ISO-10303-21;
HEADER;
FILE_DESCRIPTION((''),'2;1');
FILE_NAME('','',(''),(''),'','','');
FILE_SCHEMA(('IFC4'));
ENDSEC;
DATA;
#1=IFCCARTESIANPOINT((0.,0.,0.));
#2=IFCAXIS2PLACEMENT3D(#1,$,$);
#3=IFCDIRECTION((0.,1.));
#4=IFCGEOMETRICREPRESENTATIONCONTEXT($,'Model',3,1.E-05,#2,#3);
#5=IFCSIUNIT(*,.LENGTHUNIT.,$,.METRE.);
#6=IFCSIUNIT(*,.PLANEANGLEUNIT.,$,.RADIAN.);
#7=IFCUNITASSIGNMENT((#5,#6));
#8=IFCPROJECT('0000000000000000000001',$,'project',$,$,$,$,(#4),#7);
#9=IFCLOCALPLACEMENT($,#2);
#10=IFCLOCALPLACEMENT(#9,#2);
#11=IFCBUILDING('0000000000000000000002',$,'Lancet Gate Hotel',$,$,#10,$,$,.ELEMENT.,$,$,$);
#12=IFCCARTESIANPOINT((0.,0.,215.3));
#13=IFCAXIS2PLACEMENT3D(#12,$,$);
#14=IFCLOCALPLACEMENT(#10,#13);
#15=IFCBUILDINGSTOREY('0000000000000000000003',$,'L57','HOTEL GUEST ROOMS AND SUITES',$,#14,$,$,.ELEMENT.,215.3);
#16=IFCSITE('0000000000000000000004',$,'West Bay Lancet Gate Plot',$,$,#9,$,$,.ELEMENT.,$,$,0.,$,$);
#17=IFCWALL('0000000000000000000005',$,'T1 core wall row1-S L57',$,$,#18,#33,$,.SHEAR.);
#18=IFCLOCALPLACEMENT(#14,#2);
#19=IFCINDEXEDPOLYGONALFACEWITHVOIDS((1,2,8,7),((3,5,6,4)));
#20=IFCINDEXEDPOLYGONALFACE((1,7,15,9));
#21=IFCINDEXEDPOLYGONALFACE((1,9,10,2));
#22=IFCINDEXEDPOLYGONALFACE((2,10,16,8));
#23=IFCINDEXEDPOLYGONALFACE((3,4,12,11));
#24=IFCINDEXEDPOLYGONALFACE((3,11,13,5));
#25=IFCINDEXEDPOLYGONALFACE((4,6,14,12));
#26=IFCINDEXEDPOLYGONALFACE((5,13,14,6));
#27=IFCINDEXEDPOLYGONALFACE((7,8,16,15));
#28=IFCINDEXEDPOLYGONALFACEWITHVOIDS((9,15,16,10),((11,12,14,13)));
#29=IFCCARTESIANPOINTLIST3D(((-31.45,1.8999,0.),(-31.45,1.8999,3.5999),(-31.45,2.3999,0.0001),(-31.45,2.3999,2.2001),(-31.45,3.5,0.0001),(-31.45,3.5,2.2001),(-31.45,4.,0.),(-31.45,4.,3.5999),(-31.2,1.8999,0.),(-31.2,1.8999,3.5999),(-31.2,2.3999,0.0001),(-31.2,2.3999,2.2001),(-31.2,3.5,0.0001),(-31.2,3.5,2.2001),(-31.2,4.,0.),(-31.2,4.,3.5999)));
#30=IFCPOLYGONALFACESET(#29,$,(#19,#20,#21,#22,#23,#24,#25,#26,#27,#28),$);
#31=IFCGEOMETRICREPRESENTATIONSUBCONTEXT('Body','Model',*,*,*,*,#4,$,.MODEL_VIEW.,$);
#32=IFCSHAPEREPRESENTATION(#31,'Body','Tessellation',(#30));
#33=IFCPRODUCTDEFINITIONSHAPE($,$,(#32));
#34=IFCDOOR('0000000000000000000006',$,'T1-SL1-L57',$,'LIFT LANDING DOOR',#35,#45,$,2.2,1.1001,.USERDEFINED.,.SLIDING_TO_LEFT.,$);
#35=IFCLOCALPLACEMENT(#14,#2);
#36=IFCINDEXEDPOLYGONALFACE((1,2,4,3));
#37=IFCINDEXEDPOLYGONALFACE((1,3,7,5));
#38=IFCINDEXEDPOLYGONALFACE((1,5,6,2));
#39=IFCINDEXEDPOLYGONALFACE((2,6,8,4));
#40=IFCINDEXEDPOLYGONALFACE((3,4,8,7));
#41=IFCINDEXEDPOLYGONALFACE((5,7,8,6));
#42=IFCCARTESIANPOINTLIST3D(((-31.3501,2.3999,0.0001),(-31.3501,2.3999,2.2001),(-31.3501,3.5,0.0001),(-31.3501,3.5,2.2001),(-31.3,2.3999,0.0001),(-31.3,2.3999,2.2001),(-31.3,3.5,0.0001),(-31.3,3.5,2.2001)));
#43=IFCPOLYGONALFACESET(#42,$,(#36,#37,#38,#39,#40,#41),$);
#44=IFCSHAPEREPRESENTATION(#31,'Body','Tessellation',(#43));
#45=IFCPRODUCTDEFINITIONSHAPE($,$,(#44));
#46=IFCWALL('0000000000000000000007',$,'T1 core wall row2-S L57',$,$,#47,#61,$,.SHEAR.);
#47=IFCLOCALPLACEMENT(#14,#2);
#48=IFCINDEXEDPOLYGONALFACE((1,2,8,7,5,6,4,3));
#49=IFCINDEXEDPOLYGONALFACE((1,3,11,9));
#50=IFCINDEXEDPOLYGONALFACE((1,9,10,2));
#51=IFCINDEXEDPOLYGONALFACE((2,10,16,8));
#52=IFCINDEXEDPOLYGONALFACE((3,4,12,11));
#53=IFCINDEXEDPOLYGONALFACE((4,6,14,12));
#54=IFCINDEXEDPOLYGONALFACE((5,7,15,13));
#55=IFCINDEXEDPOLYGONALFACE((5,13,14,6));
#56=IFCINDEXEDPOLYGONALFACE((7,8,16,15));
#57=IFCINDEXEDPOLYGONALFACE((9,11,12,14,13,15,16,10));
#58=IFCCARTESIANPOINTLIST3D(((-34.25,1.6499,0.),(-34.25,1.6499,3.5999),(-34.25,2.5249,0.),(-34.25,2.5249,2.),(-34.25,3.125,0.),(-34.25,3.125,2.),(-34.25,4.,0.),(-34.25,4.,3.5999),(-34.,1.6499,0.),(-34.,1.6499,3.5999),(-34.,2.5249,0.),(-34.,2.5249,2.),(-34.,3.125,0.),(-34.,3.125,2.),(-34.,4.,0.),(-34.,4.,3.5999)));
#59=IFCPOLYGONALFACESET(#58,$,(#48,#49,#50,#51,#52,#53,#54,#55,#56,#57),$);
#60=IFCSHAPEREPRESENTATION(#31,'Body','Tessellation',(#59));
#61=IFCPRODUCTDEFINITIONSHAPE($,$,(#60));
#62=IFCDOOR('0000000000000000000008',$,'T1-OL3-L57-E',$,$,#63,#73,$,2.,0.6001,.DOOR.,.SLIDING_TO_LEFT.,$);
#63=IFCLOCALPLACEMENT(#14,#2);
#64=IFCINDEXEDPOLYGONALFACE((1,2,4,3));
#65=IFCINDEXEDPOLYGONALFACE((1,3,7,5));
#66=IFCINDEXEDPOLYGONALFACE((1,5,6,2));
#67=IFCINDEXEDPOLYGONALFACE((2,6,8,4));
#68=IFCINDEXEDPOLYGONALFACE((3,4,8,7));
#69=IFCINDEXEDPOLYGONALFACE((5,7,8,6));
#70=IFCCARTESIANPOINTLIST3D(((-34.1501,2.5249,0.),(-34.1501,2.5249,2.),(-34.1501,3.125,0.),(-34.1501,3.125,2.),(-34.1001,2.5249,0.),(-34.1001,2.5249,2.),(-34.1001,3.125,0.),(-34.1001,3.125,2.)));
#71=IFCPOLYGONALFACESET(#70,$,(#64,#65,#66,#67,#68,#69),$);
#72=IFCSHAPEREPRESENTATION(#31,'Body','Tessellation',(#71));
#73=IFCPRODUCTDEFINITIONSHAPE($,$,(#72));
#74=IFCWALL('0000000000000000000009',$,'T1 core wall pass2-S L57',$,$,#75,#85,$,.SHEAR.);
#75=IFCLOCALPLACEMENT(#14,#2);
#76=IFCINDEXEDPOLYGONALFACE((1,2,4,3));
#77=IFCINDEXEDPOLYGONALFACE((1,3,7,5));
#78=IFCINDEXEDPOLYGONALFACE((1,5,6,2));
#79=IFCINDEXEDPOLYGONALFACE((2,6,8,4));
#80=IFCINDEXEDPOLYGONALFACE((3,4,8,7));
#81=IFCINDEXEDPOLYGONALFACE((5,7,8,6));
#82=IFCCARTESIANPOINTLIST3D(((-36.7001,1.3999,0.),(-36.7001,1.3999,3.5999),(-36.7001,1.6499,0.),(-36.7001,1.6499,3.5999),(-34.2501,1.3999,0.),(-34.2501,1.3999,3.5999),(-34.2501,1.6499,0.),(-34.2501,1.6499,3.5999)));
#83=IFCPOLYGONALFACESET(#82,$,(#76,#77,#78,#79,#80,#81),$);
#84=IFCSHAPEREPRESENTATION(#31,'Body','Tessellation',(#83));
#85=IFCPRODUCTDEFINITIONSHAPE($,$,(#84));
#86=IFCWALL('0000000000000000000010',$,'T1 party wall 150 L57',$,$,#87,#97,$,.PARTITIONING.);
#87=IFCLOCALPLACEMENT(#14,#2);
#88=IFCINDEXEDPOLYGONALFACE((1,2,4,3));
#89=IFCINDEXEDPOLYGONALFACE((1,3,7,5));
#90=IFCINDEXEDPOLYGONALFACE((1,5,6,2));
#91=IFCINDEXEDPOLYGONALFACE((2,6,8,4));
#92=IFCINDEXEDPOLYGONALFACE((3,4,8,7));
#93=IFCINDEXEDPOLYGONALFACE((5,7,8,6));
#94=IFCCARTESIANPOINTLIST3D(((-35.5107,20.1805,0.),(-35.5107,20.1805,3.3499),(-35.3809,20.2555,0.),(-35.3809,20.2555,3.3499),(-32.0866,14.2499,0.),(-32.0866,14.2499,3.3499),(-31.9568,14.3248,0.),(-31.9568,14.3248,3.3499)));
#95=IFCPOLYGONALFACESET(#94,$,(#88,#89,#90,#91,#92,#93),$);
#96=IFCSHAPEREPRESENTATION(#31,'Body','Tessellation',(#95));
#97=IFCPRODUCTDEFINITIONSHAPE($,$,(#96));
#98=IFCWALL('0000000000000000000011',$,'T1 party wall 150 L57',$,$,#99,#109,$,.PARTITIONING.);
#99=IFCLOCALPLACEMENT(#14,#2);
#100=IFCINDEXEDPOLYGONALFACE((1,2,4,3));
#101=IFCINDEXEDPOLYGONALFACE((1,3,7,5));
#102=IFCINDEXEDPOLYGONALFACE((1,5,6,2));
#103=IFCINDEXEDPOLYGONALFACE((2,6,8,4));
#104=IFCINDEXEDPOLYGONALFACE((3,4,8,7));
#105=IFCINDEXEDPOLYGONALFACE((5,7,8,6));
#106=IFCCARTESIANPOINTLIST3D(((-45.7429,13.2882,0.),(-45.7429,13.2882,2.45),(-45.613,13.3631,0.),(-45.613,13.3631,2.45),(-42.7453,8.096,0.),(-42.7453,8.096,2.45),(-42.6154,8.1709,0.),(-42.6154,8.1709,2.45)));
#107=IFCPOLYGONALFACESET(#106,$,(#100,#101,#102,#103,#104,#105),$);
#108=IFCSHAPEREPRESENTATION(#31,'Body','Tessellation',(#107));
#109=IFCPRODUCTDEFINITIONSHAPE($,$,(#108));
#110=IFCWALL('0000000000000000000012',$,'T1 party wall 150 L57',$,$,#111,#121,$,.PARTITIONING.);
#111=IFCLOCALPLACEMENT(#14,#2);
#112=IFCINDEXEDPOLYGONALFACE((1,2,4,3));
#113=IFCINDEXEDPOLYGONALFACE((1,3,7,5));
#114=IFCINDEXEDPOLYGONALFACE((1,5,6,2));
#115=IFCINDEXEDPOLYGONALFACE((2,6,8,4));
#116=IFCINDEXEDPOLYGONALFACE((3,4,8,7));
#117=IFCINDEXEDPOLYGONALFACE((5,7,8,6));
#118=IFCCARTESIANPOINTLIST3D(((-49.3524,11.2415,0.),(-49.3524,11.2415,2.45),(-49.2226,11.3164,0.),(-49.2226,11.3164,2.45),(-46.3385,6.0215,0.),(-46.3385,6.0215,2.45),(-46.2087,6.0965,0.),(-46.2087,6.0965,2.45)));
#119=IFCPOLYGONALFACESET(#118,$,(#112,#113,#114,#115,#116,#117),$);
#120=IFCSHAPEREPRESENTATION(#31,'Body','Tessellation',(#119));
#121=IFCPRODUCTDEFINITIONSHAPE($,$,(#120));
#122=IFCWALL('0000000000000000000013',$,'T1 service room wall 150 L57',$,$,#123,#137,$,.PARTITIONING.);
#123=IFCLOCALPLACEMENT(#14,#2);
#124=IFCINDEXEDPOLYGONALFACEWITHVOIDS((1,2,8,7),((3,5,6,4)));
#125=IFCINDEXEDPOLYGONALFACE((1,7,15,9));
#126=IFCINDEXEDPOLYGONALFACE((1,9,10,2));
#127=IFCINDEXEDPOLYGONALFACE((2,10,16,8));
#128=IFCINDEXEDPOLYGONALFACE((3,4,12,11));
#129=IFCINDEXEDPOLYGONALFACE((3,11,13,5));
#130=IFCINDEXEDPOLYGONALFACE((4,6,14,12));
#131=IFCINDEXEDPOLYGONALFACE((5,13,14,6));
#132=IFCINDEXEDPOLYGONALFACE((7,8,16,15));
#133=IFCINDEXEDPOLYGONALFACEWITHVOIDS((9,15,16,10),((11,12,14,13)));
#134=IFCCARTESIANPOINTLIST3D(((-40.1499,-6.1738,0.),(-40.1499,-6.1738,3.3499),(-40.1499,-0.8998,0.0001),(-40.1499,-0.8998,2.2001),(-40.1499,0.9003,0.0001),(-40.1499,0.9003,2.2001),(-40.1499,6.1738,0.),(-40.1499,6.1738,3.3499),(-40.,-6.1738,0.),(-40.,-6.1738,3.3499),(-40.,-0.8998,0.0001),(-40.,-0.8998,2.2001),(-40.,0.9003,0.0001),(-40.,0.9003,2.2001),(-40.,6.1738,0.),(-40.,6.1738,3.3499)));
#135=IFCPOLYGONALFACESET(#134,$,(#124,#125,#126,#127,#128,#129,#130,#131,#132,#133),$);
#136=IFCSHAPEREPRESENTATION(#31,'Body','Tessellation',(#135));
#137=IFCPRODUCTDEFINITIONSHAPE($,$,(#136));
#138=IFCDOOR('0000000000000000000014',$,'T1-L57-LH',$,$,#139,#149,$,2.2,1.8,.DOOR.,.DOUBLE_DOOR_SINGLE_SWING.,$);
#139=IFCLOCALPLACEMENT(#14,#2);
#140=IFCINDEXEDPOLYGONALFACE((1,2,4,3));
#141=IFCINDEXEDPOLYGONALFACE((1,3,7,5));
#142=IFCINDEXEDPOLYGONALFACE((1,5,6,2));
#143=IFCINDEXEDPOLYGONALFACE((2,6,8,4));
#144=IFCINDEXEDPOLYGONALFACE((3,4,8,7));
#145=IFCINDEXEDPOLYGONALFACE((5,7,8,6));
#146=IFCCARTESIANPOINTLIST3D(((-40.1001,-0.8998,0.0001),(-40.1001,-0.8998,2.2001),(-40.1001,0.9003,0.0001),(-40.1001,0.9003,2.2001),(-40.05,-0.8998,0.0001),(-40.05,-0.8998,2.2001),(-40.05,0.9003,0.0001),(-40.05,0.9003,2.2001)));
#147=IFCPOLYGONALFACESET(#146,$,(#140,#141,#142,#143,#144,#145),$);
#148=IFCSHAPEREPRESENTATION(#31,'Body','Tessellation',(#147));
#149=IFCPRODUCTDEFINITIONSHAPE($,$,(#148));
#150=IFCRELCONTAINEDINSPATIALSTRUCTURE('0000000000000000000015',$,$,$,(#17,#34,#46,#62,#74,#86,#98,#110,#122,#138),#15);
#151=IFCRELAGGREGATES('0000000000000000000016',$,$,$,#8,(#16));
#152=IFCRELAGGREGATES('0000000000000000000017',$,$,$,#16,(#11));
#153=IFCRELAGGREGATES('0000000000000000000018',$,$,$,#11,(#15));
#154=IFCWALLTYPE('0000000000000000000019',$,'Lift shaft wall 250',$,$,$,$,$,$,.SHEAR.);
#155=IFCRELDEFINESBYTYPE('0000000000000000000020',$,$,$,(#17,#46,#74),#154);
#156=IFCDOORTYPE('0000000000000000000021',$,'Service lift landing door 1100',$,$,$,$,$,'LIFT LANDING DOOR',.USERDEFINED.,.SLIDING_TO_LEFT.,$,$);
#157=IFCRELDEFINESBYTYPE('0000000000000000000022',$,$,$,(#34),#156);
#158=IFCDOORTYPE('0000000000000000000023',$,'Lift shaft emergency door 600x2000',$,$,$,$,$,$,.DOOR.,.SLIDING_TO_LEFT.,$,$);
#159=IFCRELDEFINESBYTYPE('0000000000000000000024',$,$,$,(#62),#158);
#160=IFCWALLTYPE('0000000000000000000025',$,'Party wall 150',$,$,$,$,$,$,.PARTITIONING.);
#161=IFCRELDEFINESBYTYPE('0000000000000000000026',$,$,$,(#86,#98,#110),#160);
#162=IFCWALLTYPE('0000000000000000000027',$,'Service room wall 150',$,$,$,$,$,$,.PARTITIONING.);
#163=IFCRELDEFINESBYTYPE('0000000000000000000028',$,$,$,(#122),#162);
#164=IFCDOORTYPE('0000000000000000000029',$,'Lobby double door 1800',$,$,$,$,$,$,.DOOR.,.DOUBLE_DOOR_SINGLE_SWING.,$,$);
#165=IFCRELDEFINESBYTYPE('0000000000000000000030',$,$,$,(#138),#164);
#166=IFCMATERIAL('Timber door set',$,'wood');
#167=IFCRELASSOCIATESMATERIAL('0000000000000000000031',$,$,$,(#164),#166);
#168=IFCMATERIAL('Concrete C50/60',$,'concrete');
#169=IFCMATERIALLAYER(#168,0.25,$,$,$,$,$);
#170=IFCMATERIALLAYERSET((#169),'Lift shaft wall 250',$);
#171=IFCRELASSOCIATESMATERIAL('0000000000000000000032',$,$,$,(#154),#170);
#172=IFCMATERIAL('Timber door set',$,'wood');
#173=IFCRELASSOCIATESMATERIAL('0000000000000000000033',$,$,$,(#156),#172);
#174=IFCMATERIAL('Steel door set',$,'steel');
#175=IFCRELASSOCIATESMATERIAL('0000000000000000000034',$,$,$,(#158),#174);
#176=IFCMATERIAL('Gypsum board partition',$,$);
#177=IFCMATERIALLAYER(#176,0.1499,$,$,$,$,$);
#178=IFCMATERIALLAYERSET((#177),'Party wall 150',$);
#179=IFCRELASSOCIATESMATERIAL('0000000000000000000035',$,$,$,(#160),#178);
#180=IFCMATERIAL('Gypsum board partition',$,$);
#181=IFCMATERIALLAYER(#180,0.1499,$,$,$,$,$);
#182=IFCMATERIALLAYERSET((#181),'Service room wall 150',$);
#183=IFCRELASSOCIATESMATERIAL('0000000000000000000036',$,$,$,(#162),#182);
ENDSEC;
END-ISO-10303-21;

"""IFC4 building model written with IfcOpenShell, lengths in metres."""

from ifc_helpers import new_model, si_unit, direction, frame, frame_2d, origin, place, context, subcontext, project, spatial, rectangle, extrude, material, layer, layer_set, type_object, element, fill, save


model = new_model("IFC4")

# Units and contexts
model_context = context("Model", 3, precision=1e-05, world=origin(), true_north=direction((0.0, 1.0)))
body_context = subcontext(model_context, "Body", "Model", "MODEL_VIEW")
ifc_project = project(units=[si_unit("LENGTHUNIT", "METRE"), si_unit("PLANEANGLEUNIT", "RADIAN")], contexts=[model_context])

# Site, building, storey
site_placement = place(None, origin())
site = spatial("IfcSite", under=ifc_project, at=site_placement, Name="West Bay Lancet Gate Plot", CompositionType="ELEMENT", RefElevation=0.0)
building_placement = place(site_placement, origin())
building = spatial("IfcBuilding", under=site, at=building_placement, Name="Lancet Gate Hotel", CompositionType="ELEMENT")
storey_placement = place(building_placement, frame((0.0, 0.0, 215.3)))
storey = spatial("IfcBuildingStorey", under=building, at=storey_placement, Name="L57", Description="HOTEL GUEST ROOMS AND SUITES", CompositionType="ELEMENT", Elevation=215.3)

# Walls, openings, doors
ifc_material_1 = material(Name="Timber door set", Category="wood")
door_type_1 = type_object("IfcDoorType", Name="Lobby double door 1800", OperationType="DOUBLE_DOOR_SINGLE_SWING", PredefinedType="DOOR", material=ifc_material_1)
ifc_material_2 = material(Name="Concrete C50/60", Category="concrete")
ifc_layer_1 = layer(ifc_material_2, 0.25)
ifc_layer_set_1 = layer_set([ifc_layer_1], Name="Lift shaft wall 250")
wall_type_1 = type_object("IfcWallType", Name="Lift shaft wall 250", PredefinedType="SHEAR", material=ifc_layer_set_1)
wall_1_placement = place(storey_placement, frame((-31.325, 4.0, 0.0), z_axis=(0.0, 0.0, 1.0), x_axis=(0.0, -1.0, 0.0)))
wall_1 = element("IfcWall", 1, at=wall_1_placement, inside=storey, type_object=wall_type_1, Name="T1 core wall row1-S L57", PredefinedType="SHEAR", context=body_context, shape_type="SweptSolid", body=[
    extrude(rectangle(XDim=2.1001, YDim=0.25, at=frame_2d((1.05, 0.0))), origin(), (0.0, 0.0, 1.0), 3.5999),
])
opening_1_placement = place(wall_1_placement, frame((0.5, 0.0, 0.0)))
opening_1 = element("IfcOpeningElement", 2, at=opening_1_placement, cuts=wall_1, PredefinedType="OPENING", context=body_context, shape_type="SweptSolid", body=[
    extrude(rectangle(XDim=1.1001, YDim=2.2, at=frame_2d((0.55, 1.1001))), frame((0.0, 0.135, 0.0), z_axis=(0.0, -1.0, 0.0), x_axis=(1.0, 0.0, 0.0)), (0.0, 0.0, 1.0), 0.27),
])
ifc_material_3 = material(Name="Timber door set", Category="wood")
door_type_2 = type_object("IfcDoorType", Name="Service lift landing door 1100", ElementType="LIFT LANDING DOOR", OperationType="SLIDING_TO_LEFT", PredefinedType="USERDEFINED", material=ifc_material_3)
door_1_placement = place(opening_1_placement, origin())
door_1 = element("IfcDoor", 3, at=door_1_placement, inside=storey, type_object=door_type_2, Name="T1-SL1-L57", ObjectType="LIFT LANDING DOOR", OperationType="SLIDING_TO_LEFT", OverallHeight=2.2, OverallWidth=1.1001, PredefinedType="USERDEFINED", context=body_context, shape_type="SweptSolid", body=[
    extrude(rectangle(XDim=1.1001, YDim=2.2, at=frame_2d((0.55, 1.1001))), frame((0.0, 0.0249, 0.0), z_axis=(0.0, -1.0, 0.0), x_axis=(1.0, 0.0, 0.0)), (0.0, 0.0, 1.0), 0.05),
])
fill(opening_1, door_1)
wall_2_placement = place(storey_placement, frame((-34.125, 4.0, 0.0), z_axis=(0.0, 0.0, 1.0), x_axis=(0.0, -1.0, 0.0)))
wall_2 = element("IfcWall", 4, at=wall_2_placement, inside=storey, type_object=wall_type_1, Name="T1 core wall row2-S L57", PredefinedType="SHEAR", context=body_context, shape_type="SweptSolid", body=[
    extrude(rectangle(XDim=2.3501, YDim=0.25, at=frame_2d((1.175, 0.0))), origin(), (0.0, 0.0, 1.0), 3.5999),
])
opening_2_placement = place(wall_2_placement, frame((0.875, 0.0, 0.0)))
opening_2 = element("IfcOpeningElement", 5, at=opening_2_placement, cuts=wall_2, PredefinedType="OPENING", context=body_context, shape_type="SweptSolid", body=[
    extrude(rectangle(XDim=0.6001, YDim=2.0, at=frame_2d((0.3, 1.0))), frame((0.0, 0.135, 0.0), z_axis=(0.0, -1.0, 0.0), x_axis=(1.0, 0.0, 0.0)), (0.0, 0.0, 1.0), 0.27),
])
ifc_material_4 = material(Name="Steel door set", Category="steel")
door_type_3 = type_object("IfcDoorType", Name="Lift shaft emergency door 600x2000", OperationType="SLIDING_TO_LEFT", PredefinedType="DOOR", material=ifc_material_4)
door_2_placement = place(opening_2_placement, origin())
door_2 = element("IfcDoor", 6, at=door_2_placement, inside=storey, type_object=door_type_3, Name="T1-OL3-L57-E", OperationType="SLIDING_TO_LEFT", OverallHeight=2.0, OverallWidth=0.6001, PredefinedType="DOOR", context=body_context, shape_type="SweptSolid", body=[
    extrude(rectangle(XDim=0.6001, YDim=2.0, at=frame_2d((0.3, 1.0))), frame((0.0, 0.0249, 0.0), z_axis=(0.0, -1.0, 0.0), x_axis=(1.0, 0.0, 0.0)), (0.0, 0.0, 1.0), 0.05),
])
fill(opening_2, door_2)

# Walls
wall_3_placement = place(storey_placement, frame((-34.25, 1.5249, 0.0), z_axis=(0.0, 0.0, 1.0), x_axis=(-1.0, 0.0, 0.0)))
element("IfcWall", 7, at=wall_3_placement, inside=storey, type_object=wall_type_1, Name="T1 core wall pass2-S L57", PredefinedType="SHEAR", context=body_context, shape_type="SweptSolid", body=[
    extrude(rectangle(XDim=2.45, YDim=0.25, at=frame_2d((1.2251, 0.0))), origin(), (0.0, 0.0, 1.0), 3.5999),
])
ifc_material_5 = material(Name="Gypsum board partition")
ifc_layer_2 = layer(ifc_material_5, 0.1499)
ifc_layer_set_2 = layer_set([ifc_layer_2], Name="Party wall 150")
wall_type_2 = type_object("IfcWallType", Name="Party wall 150", PredefinedType="PARTITIONING", material=ifc_layer_set_2)
wall_4_placement = place(storey_placement, frame((-32.0217, 14.2874, 0.0), z_axis=(0.0, 0.0, 1.0), x_axis=(-0.5, 0.866025, 0.0)))
element("IfcWall", 8, at=wall_4_placement, inside=storey, type_object=wall_type_2, Name="T1 party wall 150 L57", PredefinedType="PARTITIONING", context=body_context, shape_type="SweptSolid", body=[
    extrude(rectangle(XDim=6.8481, YDim=0.1499, at=frame_2d((3.4241, 0.0))), origin(), (0.0, 0.0, 1.0), 3.3499),
])
wall_5_placement = place(storey_placement, frame((-42.6804, 8.1335, 0.0), z_axis=(0.0, 0.0, 1.0), x_axis=(-0.499984, 0.866034, 0.0)))
element("IfcWall", 9, at=wall_5_placement, inside=storey, type_object=wall_type_2, Name="T1 party wall 150 L57", PredefinedType="PARTITIONING", context=body_context, shape_type="SweptSolid", body=[
    extrude(rectangle(XDim=5.9954, YDim=0.1499, at=frame_2d((2.9976, 0.0))), origin(), (0.0, 0.0, 1.0), 2.45),
])
wall_6_placement = place(storey_placement, frame((-46.2737, 6.0591, 0.0), z_axis=(0.0, 0.0, 1.0), x_axis=(-0.50002, 0.866014, 0.0)))
element("IfcWall", 10, at=wall_6_placement, inside=storey, type_object=wall_type_2, Name="T1 party wall 150 L57", PredefinedType="PARTITIONING", context=body_context, shape_type="SweptSolid", body=[
    extrude(rectangle(XDim=6.0276, YDim=0.1499, at=frame_2d((3.0137, 0.0))), origin(), (0.0, 0.0, 1.0), 2.45),
])

# Wall, opening, door
ifc_material_6 = material(Name="Gypsum board partition")
ifc_layer_3 = layer(ifc_material_6, 0.1499)
ifc_layer_set_3 = layer_set([ifc_layer_3], Name="Service room wall 150")
wall_type_3 = type_object("IfcWallType", Name="Service room wall 150", PredefinedType="PARTITIONING", material=ifc_layer_set_3)
wall_7_placement = place(storey_placement, frame((-40.075, 6.1738, 0.0), z_axis=(0.0, 0.0, 1.0), x_axis=(0.0, -1.0, 0.0)))
wall_7 = element("IfcWall", 11, at=wall_7_placement, inside=storey, type_object=wall_type_3, Name="T1 service room wall 150 L57", PredefinedType="PARTITIONING", context=body_context, shape_type="SweptSolid", body=[
    extrude(rectangle(XDim=12.3477, YDim=0.1499, at=frame_2d((6.1738, 0.0))), origin(), (0.0, 0.0, 1.0), 3.3499),
])
opening_3_placement = place(wall_7_placement, frame((5.2737, 0.0, 0.0)))
opening_3 = element("IfcOpeningElement", 12, at=opening_3_placement, cuts=wall_7, PredefinedType="OPENING", context=body_context, shape_type="SweptSolid", body=[
    extrude(rectangle(XDim=1.8, YDim=2.2, at=frame_2d((0.8999, 1.1001))), frame((0.0, 0.085, 0.0), z_axis=(0.0, -1.0, 0.0), x_axis=(1.0, 0.0, 0.0)), (0.0, 0.0, 1.0), 0.1699),
])
door_3_placement = place(opening_3_placement, origin())
door_3 = element("IfcDoor", 13, at=door_3_placement, inside=storey, type_object=door_type_1, Name="T1-L57-LH", OperationType="DOUBLE_DOOR_SINGLE_SWING", OverallHeight=2.2, OverallWidth=1.8, PredefinedType="DOOR", context=body_context, shape_type="SweptSolid", body=[
    extrude(rectangle(XDim=1.8, YDim=2.2, at=frame_2d((0.8999, 1.1001))), frame((0.0, 0.0249, 0.0), z_axis=(0.0, -1.0, 0.0), x_axis=(1.0, 0.0, 0.0)), (0.0, 0.0, 1.0), 0.05),
])
fill(opening_3, door_3)

save(model, "model.ifc")
